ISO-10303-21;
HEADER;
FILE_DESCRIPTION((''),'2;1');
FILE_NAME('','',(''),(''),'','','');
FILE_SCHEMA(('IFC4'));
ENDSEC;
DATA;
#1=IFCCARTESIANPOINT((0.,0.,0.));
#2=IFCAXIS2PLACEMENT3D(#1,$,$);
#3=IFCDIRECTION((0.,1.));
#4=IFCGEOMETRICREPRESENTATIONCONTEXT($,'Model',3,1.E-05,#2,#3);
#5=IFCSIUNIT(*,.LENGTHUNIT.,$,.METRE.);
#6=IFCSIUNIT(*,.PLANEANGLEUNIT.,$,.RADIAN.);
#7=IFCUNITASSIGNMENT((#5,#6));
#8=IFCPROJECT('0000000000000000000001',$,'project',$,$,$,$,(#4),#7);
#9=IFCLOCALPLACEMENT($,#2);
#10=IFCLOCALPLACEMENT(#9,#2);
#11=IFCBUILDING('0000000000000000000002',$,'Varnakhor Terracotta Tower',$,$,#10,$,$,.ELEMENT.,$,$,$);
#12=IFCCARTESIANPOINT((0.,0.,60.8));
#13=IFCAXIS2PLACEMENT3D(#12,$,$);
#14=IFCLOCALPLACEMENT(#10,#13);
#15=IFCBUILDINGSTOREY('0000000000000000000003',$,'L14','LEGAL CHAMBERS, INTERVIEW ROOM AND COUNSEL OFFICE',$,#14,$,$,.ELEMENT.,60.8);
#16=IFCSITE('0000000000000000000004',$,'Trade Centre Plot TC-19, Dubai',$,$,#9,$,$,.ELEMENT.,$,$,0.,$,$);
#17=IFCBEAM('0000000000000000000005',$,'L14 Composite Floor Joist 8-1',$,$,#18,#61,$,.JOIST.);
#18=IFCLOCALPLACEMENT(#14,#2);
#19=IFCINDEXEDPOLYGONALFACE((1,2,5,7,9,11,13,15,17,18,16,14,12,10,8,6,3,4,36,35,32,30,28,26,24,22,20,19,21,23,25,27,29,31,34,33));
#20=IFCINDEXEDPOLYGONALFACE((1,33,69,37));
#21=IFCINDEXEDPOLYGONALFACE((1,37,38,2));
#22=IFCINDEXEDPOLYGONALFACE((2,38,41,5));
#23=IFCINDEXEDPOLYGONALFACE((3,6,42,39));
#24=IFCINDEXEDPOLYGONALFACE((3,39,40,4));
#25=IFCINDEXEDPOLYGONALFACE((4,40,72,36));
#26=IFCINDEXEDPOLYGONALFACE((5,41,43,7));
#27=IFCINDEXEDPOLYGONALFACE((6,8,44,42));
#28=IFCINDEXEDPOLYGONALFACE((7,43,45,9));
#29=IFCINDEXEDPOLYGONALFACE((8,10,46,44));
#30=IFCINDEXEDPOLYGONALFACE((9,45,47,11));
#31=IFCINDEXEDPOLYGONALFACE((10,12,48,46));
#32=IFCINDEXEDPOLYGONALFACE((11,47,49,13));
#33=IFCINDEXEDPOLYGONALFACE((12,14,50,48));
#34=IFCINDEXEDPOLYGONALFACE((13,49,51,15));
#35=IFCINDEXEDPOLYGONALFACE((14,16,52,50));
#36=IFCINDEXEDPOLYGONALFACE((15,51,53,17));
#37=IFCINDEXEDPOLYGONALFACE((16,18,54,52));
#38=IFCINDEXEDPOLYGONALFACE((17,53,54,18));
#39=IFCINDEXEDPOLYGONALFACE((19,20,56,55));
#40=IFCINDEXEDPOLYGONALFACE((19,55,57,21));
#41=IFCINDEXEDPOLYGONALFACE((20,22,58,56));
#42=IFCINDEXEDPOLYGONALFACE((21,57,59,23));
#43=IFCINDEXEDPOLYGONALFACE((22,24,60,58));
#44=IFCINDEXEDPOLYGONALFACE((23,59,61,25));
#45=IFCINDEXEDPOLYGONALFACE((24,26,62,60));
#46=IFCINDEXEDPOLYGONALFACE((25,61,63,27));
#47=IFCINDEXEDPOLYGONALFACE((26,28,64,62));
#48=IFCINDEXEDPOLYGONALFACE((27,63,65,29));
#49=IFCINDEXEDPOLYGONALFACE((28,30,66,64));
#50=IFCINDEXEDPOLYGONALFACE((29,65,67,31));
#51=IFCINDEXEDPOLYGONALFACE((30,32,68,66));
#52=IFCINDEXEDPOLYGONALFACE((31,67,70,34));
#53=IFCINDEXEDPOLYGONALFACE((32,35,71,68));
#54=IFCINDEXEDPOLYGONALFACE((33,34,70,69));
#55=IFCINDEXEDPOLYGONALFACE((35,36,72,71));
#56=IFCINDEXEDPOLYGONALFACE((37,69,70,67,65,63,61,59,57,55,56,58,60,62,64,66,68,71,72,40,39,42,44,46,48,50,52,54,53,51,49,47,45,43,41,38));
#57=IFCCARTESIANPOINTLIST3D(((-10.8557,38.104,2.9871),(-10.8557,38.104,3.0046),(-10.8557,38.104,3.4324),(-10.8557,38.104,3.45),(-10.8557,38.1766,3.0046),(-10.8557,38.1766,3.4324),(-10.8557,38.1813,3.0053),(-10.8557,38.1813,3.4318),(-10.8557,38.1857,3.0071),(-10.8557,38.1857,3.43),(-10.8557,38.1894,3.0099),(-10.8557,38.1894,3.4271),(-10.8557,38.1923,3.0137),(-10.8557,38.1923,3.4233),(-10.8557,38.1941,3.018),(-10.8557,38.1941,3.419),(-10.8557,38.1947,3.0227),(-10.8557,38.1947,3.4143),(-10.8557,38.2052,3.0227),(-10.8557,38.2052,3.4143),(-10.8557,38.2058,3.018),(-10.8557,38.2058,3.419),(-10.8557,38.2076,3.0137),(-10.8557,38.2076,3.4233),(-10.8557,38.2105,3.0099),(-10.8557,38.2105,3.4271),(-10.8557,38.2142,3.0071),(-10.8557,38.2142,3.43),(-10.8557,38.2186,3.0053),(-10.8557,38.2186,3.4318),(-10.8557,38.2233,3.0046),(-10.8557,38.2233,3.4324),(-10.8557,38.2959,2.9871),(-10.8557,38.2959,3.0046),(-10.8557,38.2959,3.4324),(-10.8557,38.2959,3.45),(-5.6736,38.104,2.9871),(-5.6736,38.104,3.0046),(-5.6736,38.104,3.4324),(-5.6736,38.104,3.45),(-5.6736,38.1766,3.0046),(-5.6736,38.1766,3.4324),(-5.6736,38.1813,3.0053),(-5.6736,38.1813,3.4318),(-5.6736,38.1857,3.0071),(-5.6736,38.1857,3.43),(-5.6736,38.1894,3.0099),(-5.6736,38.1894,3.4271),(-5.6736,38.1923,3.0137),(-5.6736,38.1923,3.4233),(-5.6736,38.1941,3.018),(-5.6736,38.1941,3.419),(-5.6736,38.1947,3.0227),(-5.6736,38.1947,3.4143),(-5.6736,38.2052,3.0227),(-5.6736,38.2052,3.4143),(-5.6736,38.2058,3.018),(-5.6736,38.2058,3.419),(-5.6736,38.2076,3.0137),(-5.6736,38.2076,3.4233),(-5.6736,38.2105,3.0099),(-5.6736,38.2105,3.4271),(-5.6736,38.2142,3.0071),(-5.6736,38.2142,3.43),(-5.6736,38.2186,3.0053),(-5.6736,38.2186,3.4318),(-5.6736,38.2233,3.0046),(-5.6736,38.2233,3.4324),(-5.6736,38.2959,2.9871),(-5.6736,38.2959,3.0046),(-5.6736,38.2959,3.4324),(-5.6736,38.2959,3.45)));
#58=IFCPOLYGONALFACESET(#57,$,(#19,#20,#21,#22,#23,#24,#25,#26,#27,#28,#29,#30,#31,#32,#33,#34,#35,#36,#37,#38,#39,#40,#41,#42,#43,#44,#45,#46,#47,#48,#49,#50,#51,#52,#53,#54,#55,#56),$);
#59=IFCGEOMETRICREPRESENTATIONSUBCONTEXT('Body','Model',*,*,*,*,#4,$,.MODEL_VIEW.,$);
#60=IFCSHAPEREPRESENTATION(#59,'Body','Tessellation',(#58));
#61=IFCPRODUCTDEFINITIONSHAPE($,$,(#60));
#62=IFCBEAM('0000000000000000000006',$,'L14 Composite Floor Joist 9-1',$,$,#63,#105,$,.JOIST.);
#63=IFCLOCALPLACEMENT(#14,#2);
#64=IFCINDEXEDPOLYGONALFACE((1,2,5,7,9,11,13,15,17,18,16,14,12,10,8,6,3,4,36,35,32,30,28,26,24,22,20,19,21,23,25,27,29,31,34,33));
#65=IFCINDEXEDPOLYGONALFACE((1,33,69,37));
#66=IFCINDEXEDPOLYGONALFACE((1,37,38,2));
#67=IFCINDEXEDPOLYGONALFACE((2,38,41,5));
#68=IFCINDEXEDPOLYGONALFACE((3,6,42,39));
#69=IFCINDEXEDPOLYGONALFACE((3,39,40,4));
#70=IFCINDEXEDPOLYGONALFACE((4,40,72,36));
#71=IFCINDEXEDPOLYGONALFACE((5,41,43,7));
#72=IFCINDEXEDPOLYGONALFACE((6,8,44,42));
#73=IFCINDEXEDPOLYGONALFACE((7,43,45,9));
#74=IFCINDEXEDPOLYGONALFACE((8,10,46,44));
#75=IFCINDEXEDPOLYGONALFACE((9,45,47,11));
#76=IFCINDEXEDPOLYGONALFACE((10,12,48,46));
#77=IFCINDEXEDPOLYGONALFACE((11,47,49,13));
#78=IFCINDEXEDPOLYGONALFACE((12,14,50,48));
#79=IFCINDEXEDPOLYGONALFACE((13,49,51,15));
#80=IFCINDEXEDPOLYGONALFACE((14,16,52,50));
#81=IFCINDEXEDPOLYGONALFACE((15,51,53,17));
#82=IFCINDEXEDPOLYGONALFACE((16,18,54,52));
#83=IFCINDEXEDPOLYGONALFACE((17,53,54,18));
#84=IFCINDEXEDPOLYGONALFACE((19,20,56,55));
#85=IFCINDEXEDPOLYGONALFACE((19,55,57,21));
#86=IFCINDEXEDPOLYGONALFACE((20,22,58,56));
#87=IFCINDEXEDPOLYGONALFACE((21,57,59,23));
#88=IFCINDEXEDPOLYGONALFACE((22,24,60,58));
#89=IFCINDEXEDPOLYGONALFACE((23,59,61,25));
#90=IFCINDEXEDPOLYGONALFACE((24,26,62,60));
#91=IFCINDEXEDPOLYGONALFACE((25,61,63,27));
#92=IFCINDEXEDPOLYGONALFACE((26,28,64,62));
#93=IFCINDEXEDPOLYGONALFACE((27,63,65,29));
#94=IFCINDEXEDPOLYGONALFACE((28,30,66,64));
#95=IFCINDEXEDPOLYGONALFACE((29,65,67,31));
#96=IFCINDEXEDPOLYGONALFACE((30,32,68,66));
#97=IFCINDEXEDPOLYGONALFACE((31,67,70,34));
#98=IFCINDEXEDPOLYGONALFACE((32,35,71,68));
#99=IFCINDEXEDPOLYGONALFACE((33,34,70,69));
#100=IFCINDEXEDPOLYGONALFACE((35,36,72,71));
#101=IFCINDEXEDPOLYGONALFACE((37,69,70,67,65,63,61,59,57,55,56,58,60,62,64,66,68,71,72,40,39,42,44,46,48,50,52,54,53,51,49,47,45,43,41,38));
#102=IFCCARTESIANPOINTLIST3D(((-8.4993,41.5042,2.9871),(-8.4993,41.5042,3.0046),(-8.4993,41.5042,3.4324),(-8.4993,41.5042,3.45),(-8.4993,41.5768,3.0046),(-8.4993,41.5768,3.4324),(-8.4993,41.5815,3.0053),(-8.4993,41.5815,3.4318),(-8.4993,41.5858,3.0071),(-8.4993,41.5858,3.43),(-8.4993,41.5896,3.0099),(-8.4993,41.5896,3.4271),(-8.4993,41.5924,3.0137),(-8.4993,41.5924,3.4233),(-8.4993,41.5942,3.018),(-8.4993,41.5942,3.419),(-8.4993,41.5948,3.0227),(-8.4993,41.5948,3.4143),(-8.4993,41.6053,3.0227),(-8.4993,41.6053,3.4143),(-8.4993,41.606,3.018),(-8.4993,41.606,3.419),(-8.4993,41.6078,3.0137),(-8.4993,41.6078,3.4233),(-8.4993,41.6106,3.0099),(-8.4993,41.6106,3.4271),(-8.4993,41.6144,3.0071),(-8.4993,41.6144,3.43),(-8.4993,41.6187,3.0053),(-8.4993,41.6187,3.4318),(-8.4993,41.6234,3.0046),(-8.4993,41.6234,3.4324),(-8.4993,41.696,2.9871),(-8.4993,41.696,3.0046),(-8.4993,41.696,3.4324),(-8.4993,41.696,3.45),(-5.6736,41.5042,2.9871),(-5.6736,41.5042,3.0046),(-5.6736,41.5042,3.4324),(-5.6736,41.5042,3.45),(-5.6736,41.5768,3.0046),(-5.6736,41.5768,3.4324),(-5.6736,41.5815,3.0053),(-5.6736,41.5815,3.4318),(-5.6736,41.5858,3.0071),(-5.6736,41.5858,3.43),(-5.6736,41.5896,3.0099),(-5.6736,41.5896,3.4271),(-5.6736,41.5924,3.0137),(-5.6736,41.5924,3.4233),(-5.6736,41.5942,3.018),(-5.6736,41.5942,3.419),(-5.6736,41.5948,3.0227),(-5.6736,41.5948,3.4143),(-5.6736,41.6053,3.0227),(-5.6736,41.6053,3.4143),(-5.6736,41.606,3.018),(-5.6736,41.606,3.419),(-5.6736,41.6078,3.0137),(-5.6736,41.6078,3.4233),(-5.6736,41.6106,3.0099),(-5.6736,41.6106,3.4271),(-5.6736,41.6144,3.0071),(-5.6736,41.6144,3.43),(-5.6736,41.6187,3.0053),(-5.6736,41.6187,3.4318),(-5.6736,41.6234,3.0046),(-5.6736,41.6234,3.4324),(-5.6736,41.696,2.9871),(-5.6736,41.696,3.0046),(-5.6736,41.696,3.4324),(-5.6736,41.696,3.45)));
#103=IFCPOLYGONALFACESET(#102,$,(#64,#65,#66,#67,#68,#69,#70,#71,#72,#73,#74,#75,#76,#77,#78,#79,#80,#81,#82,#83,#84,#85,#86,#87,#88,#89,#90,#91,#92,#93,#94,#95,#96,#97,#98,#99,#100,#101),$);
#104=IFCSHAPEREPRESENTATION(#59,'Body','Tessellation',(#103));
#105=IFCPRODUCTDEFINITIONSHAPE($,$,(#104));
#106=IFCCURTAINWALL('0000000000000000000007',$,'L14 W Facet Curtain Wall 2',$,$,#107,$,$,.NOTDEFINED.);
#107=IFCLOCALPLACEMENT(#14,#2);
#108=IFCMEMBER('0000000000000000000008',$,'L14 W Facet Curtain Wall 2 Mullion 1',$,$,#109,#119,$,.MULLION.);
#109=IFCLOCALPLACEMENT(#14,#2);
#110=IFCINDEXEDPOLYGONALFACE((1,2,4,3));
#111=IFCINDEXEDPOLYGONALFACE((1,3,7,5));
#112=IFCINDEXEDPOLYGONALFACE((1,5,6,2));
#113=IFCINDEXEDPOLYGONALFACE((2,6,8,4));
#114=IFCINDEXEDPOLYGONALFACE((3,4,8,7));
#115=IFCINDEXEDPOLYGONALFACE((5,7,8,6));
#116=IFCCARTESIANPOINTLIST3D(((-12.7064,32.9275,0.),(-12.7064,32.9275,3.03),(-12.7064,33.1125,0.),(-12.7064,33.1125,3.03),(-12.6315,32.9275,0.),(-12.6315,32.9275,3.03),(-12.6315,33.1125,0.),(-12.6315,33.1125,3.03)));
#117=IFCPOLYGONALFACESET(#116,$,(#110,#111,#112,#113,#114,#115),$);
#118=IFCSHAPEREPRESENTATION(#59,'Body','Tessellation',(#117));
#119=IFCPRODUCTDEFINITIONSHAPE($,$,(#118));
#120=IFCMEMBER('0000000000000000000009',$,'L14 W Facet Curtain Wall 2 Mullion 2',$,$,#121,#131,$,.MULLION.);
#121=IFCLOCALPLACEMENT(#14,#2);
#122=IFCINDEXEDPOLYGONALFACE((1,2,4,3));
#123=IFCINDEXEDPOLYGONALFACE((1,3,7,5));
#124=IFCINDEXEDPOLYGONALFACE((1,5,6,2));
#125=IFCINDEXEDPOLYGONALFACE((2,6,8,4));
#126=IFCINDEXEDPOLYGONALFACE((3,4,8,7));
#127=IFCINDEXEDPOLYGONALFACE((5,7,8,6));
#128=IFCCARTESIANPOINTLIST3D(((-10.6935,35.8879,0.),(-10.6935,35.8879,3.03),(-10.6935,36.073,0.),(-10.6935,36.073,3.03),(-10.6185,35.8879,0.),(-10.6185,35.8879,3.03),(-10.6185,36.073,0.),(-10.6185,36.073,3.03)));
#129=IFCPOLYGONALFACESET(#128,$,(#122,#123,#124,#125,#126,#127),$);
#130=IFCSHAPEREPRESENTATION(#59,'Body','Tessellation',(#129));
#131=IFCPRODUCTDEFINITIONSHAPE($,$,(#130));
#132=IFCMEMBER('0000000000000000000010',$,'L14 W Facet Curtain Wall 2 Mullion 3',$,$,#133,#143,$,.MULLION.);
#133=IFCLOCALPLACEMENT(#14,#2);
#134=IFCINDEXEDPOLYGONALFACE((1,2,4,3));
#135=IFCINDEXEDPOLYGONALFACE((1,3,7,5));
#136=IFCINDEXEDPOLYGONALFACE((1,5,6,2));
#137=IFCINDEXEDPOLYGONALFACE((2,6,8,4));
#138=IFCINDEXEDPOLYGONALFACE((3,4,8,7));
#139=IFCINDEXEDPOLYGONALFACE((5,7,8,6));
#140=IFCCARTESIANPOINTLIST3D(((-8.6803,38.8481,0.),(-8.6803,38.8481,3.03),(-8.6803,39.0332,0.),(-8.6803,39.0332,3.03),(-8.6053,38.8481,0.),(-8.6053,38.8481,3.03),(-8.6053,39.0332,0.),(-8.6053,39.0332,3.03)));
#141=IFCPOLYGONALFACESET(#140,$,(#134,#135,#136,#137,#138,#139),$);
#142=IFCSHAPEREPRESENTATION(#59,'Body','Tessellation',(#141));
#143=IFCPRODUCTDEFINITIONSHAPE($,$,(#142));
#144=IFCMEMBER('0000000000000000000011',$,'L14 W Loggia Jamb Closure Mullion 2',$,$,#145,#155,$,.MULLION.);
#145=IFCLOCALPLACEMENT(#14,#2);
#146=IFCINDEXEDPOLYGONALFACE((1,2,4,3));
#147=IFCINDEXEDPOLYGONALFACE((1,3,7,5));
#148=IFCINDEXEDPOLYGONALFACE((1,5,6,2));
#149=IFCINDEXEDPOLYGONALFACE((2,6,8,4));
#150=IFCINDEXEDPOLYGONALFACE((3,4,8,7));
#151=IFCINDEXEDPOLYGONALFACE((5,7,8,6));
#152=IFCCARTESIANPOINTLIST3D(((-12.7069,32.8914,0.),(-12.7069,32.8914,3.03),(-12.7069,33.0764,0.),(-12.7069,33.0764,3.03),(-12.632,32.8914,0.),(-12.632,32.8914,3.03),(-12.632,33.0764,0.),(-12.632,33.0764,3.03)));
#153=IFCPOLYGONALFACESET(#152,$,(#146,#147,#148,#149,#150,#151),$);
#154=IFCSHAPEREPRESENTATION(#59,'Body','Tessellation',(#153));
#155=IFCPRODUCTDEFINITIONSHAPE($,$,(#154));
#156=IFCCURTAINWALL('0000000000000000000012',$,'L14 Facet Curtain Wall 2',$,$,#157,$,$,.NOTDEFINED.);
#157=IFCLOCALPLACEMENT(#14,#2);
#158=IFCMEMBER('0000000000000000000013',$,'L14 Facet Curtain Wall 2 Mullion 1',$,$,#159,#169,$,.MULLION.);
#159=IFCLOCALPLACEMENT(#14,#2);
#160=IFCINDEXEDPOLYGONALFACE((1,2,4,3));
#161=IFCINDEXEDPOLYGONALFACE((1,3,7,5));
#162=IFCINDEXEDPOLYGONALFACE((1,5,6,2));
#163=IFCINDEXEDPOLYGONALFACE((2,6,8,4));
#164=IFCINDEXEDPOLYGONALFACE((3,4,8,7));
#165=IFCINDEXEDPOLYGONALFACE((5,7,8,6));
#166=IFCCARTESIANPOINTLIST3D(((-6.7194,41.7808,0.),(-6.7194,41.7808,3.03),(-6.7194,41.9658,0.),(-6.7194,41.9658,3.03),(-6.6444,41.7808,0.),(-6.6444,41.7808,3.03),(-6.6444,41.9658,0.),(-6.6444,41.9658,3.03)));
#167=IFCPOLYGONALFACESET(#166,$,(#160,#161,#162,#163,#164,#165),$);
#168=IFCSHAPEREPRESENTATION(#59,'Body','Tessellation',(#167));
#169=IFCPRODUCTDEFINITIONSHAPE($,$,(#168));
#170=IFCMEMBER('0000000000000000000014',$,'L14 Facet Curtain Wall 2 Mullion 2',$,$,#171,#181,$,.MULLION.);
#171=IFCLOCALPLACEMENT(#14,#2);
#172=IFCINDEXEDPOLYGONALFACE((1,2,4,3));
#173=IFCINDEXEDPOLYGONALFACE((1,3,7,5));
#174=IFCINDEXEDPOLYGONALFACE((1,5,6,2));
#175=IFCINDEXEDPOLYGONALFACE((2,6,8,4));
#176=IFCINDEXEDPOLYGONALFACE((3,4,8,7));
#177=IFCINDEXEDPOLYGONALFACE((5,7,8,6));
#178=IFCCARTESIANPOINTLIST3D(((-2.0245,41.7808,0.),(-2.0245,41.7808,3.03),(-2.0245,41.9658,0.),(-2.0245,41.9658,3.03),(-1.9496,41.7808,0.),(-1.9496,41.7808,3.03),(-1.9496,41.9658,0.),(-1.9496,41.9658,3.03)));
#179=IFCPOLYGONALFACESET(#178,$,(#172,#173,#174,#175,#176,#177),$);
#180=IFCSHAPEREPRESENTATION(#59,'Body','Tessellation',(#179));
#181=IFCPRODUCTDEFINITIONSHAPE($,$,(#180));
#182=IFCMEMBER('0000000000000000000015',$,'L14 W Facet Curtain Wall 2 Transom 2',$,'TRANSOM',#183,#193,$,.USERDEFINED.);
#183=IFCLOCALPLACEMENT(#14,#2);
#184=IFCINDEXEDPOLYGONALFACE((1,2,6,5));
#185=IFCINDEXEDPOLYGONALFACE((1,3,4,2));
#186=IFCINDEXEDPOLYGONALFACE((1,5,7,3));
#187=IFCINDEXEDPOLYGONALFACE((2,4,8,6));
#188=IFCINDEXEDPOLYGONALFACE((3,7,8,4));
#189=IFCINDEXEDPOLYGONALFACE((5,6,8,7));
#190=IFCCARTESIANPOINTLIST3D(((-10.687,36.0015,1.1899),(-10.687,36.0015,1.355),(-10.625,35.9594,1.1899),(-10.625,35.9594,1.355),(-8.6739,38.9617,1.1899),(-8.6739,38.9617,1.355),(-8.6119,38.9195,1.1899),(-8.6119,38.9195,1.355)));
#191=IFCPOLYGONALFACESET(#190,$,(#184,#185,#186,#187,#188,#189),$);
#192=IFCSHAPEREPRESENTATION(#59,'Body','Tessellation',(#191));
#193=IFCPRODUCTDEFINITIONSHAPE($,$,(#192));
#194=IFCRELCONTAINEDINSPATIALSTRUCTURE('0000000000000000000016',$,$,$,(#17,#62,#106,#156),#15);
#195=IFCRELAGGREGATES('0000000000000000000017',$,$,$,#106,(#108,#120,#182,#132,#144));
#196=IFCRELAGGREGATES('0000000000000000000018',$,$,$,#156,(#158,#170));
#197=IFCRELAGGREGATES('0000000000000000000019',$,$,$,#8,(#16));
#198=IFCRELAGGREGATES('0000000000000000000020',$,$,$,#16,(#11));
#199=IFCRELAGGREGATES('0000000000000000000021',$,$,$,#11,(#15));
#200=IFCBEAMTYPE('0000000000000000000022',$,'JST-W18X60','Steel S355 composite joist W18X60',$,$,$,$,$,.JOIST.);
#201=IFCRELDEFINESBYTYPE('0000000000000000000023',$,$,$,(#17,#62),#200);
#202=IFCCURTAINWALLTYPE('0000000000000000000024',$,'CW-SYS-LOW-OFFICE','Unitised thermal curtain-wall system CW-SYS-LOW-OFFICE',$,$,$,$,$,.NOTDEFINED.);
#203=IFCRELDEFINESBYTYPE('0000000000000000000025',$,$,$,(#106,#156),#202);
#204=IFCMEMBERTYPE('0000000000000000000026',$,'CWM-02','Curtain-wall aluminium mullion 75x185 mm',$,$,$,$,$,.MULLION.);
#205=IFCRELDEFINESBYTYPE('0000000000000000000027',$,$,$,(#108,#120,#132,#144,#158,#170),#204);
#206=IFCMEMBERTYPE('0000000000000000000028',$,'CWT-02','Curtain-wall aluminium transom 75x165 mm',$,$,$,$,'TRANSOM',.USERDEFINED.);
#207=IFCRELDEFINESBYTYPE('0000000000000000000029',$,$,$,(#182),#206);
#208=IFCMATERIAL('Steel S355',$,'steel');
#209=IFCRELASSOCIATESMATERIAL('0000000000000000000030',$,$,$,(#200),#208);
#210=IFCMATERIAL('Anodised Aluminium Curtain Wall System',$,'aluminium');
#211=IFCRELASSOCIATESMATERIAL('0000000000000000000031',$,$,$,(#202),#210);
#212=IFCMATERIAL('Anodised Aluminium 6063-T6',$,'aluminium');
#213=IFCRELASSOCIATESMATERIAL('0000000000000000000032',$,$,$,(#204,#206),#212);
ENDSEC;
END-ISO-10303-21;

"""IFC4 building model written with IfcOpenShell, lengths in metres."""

from ifc_helpers import new_model, si_unit, direction, frame, origin, origin_2d, place, context, subcontext, project, spatial, rectangle, i_section, extrude, source, transform, mapped, material, material_profile, profile_set, type_object, type_shapes, element, aggregate, save


model = new_model("IFC4")

# Units and contexts
model_context = context("Model", 3, precision=1e-05, world=origin(), true_north=direction((0.0, 1.0)))
body_context = subcontext(model_context, "Body", "Model", "MODEL_VIEW")
ifc_project = project(units=[si_unit("LENGTHUNIT", "METRE"), si_unit("PLANEANGLEUNIT", "RADIAN")], contexts=[model_context])

# Site, building, storey
site_placement = place(None, origin())
site = spatial("IfcSite", under=ifc_project, at=site_placement, Name="Trade Centre Plot TC-19, Dubai", CompositionType="ELEMENT", RefElevation=0.0)
building_placement = place(site_placement, origin())
building = spatial("IfcBuilding", under=site, at=building_placement, Name="Varnakhor Terracotta Tower", CompositionType="ELEMENT")
storey_placement = place(building_placement, frame((0.0, 0.0, 60.8)))
storey = spatial("IfcBuildingStorey", under=building, at=storey_placement, Name="L14", Description="LEGAL CHAMBERS, INTERVIEW ROOM AND COUNSEL OFFICE", CompositionType="ELEMENT", Elevation=60.8)

# Beams
ifc_material_1 = material(Name="Steel S355", Category="steel")
ifc_material_profile_1 = material_profile(ifc_material_1, i_section(OverallWidth=0.1919, OverallDepth=0.4629, WebThickness=0.0105, FlangeThickness=0.0176, FilletRadius=0.0181, at=origin_2d()), Name="W18X60")
ifc_profile_set_1 = profile_set([ifc_material_profile_1], Name="Steel S355")
beam_type_1 = type_object("IfcBeamType", Name="JST-W18X60", Description="Steel S355 composite joist W18X60", PredefinedType="JOIST", material=ifc_profile_set_1)
shared_shape_1 = source(origin(), body_context, "Body", "SweptSolid", [
    extrude(i_section(OverallWidth=0.1919, OverallDepth=0.4629, WebThickness=0.0105, FlangeThickness=0.0176, FilletRadius=0.0181, at=origin_2d()), origin(), (0.0, 0.0, 1.0), 5.1821),
])
beam_1_placement = place(storey_placement, frame((-10.8557, 38.2, 3.2185), z_axis=(1.0, 0.0, 0.0), x_axis=(0.0, 1.0, 0.0)))
element("IfcBeam", 1, at=beam_1_placement, inside=storey, type_object=beam_type_1, Name="L14 Composite Floor Joist 8-1", PredefinedType="JOIST", context=body_context, shape_type="MappedRepresentation", body=[
    mapped(shared_shape_1, transform((0.0, 0.0, 0.0), scale=1.0)),
])
shared_shape_2 = source(origin(), body_context, "Body", "SweptSolid", [
    extrude(i_section(OverallWidth=0.1919, OverallDepth=0.4629, WebThickness=0.0105, FlangeThickness=0.0176, FilletRadius=0.0181, at=origin_2d()), origin(), (0.0, 0.0, 1.0), 2.8257),
])
beam_2_placement = place(storey_placement, frame((-8.4993, 41.6001, 3.2185), z_axis=(1.0, 0.0, 0.0), x_axis=(0.0, 1.0, 0.0)))
element("IfcBeam", 2, at=beam_2_placement, inside=storey, type_object=beam_type_1, Name="L14 Composite Floor Joist 9-1", PredefinedType="JOIST", context=body_context, shape_type="MappedRepresentation", body=[
    mapped(shared_shape_2, transform((0.0, 0.0, 0.0), scale=1.0)),
])

# Curtain walls, members
ifc_material_2 = material(Name="Anodised Aluminium Curtain Wall System", Category="aluminium")
curtain_wall_type = type_object("IfcCurtainWallType", Name="CW-SYS-LOW-OFFICE", Description="Unitised thermal curtain-wall system CW-SYS-LOW-OFFICE", PredefinedType="NOTDEFINED", material=ifc_material_2)
curtain_wall_1_placement = place(storey_placement, origin())
curtain_wall_1 = element("IfcCurtainWall", 3, at=curtain_wall_1_placement, inside=storey, type_object=curtain_wall_type, Name="L14 W Facet Curtain Wall 2", PredefinedType="NOTDEFINED")
ifc_material_3 = material(Name="Anodised Aluminium 6063-T6", Category="aluminium")
ifc_material_profile_2 = material_profile(ifc_material_3, rectangle(XDim=0.075, YDim=0.1851, at=origin_2d()), Name="ALU MULLION 75x185")
ifc_profile_set_2 = profile_set([ifc_material_profile_2], Name="Anodised Aluminium 6063-T6")
member_type_1 = type_object("IfcMemberType", Name="CWM-02", Description="Curtain-wall aluminium mullion 75x185 mm", PredefinedType="MULLION", material=ifc_profile_set_2)
shared_shape_3 = source(origin(), body_context, "Body", "SweptSolid", [
    extrude(rectangle(XDim=0.075, YDim=0.1851, at=origin_2d()), origin(), (0.0, 0.0, 1.0), 3.03),
])
type_shapes(member_type_1, [shared_shape_3])
member_1_placement = place(storey_placement, frame((-12.6689, 33.02, 0.0), z_axis=(0.0, 0.0, 1.0), x_axis=(1.0, 0.0, 0.0)))
member_1 = element("IfcMember", 4, at=member_1_placement, type_object=member_type_1, Name="L14 W Facet Curtain Wall 2 Mullion 1", PredefinedType="MULLION", context=body_context, shape_type="MappedRepresentation", body=[
    mapped(shared_shape_3, transform((0.0, 0.0, 0.0), scale=1.0)),
])
member_2_placement = place(storey_placement, frame((-10.656, 35.9805, 0.0), z_axis=(0.0, 0.0, 1.0), x_axis=(1.0, 0.0, 0.0)))
member_2 = element("IfcMember", 5, at=member_2_placement, type_object=member_type_1, Name="L14 W Facet Curtain Wall 2 Mullion 2", PredefinedType="MULLION", context=body_context, shape_type="MappedRepresentation", body=[
    mapped(shared_shape_3, transform((0.0, 0.0, 0.0), scale=1.0)),
])
member_3_placement = place(storey_placement, frame((-8.6428, 38.9407, 0.0), z_axis=(0.0, 0.0, 1.0), x_axis=(1.0, 0.0, 0.0)))
member_3 = element("IfcMember", 6, at=member_3_placement, type_object=member_type_1, Name="L14 W Facet Curtain Wall 2 Mullion 3", PredefinedType="MULLION", context=body_context, shape_type="MappedRepresentation", body=[
    mapped(shared_shape_3, transform((0.0, 0.0, 0.0), scale=1.0)),
])
member_4_placement = place(storey_placement, frame((-12.6694, 32.9839, 0.0), z_axis=(0.0, 0.0, 1.0), x_axis=(1.0, 0.0, 0.0)))
member_4 = element("IfcMember", 7, at=member_4_placement, type_object=member_type_1, Name="L14 W Loggia Jamb Closure Mullion 2", PredefinedType="MULLION", context=body_context, shape_type="MappedRepresentation", body=[
    mapped(shared_shape_3, transform((0.0, 0.0, 0.0), scale=1.0)),
])
curtain_wall_2_placement = place(storey_placement, origin())
curtain_wall_2 = element("IfcCurtainWall", 8, at=curtain_wall_2_placement, inside=storey, type_object=curtain_wall_type, Name="L14 Facet Curtain Wall 2", PredefinedType="NOTDEFINED")
member_5_placement = place(storey_placement, frame((-6.6819, 41.8733, 0.0), z_axis=(0.0, 0.0, 1.0), x_axis=(1.0, 0.0, 0.0)))
member_5 = element("IfcMember", 9, at=member_5_placement, type_object=member_type_1, Name="L14 Facet Curtain Wall 2 Mullion 1", PredefinedType="MULLION", context=body_context, shape_type="MappedRepresentation", body=[
    mapped(shared_shape_3, transform((0.0, 0.0, 0.0), scale=1.0)),
])
member_6_placement = place(storey_placement, frame((-1.9871, 41.8733, 0.0), z_axis=(0.0, 0.0, 1.0), x_axis=(1.0, 0.0, 0.0)))
member_6 = element("IfcMember", 10, at=member_6_placement, type_object=member_type_1, Name="L14 Facet Curtain Wall 2 Mullion 2", PredefinedType="MULLION", context=body_context, shape_type="MappedRepresentation", body=[
    mapped(shared_shape_3, transform((0.0, 0.0, 0.0), scale=1.0)),
])

# Member
ifc_material_profile_3 = material_profile(ifc_material_3, rectangle(XDim=0.075, YDim=0.165, at=origin_2d()), Name="ALU TRANSOM 75x165")
ifc_profile_set_3 = profile_set([ifc_material_profile_3], Name="Anodised Aluminium 6063-T6")
member_type_2 = type_object("IfcMemberType", Name="CWT-02", Description="Curtain-wall aluminium transom 75x165 mm", ElementType="TRANSOM", PredefinedType="USERDEFINED", material=ifc_profile_set_3)
shared_shape_4 = source(origin(), body_context, "Body", "SweptSolid", [
    extrude(rectangle(XDim=0.075, YDim=0.165, at=origin_2d()), origin(), (0.0, 0.0, 1.0), 3.5798),
])
member_7_placement = place(storey_placement, frame((-10.656, 35.9805, 1.2725), z_axis=(0.562357, 0.826895, 0.0), x_axis=(-0.826895, 0.562357, 0.0)))
member_7 = element("IfcMember", 11, at=member_7_placement, type_object=member_type_2, Name="L14 W Facet Curtain Wall 2 Transom 2", ObjectType="TRANSOM", PredefinedType="USERDEFINED", context=body_context, shape_type="MappedRepresentation", body=[
    mapped(shared_shape_4, transform((0.0, 0.0, 0.0), scale=1.0)),
])

aggregate(curtain_wall_1, [member_1, member_2, member_7, member_3, member_4])
aggregate(curtain_wall_2, [member_5, member_6])

save(model, "model.ifc")
